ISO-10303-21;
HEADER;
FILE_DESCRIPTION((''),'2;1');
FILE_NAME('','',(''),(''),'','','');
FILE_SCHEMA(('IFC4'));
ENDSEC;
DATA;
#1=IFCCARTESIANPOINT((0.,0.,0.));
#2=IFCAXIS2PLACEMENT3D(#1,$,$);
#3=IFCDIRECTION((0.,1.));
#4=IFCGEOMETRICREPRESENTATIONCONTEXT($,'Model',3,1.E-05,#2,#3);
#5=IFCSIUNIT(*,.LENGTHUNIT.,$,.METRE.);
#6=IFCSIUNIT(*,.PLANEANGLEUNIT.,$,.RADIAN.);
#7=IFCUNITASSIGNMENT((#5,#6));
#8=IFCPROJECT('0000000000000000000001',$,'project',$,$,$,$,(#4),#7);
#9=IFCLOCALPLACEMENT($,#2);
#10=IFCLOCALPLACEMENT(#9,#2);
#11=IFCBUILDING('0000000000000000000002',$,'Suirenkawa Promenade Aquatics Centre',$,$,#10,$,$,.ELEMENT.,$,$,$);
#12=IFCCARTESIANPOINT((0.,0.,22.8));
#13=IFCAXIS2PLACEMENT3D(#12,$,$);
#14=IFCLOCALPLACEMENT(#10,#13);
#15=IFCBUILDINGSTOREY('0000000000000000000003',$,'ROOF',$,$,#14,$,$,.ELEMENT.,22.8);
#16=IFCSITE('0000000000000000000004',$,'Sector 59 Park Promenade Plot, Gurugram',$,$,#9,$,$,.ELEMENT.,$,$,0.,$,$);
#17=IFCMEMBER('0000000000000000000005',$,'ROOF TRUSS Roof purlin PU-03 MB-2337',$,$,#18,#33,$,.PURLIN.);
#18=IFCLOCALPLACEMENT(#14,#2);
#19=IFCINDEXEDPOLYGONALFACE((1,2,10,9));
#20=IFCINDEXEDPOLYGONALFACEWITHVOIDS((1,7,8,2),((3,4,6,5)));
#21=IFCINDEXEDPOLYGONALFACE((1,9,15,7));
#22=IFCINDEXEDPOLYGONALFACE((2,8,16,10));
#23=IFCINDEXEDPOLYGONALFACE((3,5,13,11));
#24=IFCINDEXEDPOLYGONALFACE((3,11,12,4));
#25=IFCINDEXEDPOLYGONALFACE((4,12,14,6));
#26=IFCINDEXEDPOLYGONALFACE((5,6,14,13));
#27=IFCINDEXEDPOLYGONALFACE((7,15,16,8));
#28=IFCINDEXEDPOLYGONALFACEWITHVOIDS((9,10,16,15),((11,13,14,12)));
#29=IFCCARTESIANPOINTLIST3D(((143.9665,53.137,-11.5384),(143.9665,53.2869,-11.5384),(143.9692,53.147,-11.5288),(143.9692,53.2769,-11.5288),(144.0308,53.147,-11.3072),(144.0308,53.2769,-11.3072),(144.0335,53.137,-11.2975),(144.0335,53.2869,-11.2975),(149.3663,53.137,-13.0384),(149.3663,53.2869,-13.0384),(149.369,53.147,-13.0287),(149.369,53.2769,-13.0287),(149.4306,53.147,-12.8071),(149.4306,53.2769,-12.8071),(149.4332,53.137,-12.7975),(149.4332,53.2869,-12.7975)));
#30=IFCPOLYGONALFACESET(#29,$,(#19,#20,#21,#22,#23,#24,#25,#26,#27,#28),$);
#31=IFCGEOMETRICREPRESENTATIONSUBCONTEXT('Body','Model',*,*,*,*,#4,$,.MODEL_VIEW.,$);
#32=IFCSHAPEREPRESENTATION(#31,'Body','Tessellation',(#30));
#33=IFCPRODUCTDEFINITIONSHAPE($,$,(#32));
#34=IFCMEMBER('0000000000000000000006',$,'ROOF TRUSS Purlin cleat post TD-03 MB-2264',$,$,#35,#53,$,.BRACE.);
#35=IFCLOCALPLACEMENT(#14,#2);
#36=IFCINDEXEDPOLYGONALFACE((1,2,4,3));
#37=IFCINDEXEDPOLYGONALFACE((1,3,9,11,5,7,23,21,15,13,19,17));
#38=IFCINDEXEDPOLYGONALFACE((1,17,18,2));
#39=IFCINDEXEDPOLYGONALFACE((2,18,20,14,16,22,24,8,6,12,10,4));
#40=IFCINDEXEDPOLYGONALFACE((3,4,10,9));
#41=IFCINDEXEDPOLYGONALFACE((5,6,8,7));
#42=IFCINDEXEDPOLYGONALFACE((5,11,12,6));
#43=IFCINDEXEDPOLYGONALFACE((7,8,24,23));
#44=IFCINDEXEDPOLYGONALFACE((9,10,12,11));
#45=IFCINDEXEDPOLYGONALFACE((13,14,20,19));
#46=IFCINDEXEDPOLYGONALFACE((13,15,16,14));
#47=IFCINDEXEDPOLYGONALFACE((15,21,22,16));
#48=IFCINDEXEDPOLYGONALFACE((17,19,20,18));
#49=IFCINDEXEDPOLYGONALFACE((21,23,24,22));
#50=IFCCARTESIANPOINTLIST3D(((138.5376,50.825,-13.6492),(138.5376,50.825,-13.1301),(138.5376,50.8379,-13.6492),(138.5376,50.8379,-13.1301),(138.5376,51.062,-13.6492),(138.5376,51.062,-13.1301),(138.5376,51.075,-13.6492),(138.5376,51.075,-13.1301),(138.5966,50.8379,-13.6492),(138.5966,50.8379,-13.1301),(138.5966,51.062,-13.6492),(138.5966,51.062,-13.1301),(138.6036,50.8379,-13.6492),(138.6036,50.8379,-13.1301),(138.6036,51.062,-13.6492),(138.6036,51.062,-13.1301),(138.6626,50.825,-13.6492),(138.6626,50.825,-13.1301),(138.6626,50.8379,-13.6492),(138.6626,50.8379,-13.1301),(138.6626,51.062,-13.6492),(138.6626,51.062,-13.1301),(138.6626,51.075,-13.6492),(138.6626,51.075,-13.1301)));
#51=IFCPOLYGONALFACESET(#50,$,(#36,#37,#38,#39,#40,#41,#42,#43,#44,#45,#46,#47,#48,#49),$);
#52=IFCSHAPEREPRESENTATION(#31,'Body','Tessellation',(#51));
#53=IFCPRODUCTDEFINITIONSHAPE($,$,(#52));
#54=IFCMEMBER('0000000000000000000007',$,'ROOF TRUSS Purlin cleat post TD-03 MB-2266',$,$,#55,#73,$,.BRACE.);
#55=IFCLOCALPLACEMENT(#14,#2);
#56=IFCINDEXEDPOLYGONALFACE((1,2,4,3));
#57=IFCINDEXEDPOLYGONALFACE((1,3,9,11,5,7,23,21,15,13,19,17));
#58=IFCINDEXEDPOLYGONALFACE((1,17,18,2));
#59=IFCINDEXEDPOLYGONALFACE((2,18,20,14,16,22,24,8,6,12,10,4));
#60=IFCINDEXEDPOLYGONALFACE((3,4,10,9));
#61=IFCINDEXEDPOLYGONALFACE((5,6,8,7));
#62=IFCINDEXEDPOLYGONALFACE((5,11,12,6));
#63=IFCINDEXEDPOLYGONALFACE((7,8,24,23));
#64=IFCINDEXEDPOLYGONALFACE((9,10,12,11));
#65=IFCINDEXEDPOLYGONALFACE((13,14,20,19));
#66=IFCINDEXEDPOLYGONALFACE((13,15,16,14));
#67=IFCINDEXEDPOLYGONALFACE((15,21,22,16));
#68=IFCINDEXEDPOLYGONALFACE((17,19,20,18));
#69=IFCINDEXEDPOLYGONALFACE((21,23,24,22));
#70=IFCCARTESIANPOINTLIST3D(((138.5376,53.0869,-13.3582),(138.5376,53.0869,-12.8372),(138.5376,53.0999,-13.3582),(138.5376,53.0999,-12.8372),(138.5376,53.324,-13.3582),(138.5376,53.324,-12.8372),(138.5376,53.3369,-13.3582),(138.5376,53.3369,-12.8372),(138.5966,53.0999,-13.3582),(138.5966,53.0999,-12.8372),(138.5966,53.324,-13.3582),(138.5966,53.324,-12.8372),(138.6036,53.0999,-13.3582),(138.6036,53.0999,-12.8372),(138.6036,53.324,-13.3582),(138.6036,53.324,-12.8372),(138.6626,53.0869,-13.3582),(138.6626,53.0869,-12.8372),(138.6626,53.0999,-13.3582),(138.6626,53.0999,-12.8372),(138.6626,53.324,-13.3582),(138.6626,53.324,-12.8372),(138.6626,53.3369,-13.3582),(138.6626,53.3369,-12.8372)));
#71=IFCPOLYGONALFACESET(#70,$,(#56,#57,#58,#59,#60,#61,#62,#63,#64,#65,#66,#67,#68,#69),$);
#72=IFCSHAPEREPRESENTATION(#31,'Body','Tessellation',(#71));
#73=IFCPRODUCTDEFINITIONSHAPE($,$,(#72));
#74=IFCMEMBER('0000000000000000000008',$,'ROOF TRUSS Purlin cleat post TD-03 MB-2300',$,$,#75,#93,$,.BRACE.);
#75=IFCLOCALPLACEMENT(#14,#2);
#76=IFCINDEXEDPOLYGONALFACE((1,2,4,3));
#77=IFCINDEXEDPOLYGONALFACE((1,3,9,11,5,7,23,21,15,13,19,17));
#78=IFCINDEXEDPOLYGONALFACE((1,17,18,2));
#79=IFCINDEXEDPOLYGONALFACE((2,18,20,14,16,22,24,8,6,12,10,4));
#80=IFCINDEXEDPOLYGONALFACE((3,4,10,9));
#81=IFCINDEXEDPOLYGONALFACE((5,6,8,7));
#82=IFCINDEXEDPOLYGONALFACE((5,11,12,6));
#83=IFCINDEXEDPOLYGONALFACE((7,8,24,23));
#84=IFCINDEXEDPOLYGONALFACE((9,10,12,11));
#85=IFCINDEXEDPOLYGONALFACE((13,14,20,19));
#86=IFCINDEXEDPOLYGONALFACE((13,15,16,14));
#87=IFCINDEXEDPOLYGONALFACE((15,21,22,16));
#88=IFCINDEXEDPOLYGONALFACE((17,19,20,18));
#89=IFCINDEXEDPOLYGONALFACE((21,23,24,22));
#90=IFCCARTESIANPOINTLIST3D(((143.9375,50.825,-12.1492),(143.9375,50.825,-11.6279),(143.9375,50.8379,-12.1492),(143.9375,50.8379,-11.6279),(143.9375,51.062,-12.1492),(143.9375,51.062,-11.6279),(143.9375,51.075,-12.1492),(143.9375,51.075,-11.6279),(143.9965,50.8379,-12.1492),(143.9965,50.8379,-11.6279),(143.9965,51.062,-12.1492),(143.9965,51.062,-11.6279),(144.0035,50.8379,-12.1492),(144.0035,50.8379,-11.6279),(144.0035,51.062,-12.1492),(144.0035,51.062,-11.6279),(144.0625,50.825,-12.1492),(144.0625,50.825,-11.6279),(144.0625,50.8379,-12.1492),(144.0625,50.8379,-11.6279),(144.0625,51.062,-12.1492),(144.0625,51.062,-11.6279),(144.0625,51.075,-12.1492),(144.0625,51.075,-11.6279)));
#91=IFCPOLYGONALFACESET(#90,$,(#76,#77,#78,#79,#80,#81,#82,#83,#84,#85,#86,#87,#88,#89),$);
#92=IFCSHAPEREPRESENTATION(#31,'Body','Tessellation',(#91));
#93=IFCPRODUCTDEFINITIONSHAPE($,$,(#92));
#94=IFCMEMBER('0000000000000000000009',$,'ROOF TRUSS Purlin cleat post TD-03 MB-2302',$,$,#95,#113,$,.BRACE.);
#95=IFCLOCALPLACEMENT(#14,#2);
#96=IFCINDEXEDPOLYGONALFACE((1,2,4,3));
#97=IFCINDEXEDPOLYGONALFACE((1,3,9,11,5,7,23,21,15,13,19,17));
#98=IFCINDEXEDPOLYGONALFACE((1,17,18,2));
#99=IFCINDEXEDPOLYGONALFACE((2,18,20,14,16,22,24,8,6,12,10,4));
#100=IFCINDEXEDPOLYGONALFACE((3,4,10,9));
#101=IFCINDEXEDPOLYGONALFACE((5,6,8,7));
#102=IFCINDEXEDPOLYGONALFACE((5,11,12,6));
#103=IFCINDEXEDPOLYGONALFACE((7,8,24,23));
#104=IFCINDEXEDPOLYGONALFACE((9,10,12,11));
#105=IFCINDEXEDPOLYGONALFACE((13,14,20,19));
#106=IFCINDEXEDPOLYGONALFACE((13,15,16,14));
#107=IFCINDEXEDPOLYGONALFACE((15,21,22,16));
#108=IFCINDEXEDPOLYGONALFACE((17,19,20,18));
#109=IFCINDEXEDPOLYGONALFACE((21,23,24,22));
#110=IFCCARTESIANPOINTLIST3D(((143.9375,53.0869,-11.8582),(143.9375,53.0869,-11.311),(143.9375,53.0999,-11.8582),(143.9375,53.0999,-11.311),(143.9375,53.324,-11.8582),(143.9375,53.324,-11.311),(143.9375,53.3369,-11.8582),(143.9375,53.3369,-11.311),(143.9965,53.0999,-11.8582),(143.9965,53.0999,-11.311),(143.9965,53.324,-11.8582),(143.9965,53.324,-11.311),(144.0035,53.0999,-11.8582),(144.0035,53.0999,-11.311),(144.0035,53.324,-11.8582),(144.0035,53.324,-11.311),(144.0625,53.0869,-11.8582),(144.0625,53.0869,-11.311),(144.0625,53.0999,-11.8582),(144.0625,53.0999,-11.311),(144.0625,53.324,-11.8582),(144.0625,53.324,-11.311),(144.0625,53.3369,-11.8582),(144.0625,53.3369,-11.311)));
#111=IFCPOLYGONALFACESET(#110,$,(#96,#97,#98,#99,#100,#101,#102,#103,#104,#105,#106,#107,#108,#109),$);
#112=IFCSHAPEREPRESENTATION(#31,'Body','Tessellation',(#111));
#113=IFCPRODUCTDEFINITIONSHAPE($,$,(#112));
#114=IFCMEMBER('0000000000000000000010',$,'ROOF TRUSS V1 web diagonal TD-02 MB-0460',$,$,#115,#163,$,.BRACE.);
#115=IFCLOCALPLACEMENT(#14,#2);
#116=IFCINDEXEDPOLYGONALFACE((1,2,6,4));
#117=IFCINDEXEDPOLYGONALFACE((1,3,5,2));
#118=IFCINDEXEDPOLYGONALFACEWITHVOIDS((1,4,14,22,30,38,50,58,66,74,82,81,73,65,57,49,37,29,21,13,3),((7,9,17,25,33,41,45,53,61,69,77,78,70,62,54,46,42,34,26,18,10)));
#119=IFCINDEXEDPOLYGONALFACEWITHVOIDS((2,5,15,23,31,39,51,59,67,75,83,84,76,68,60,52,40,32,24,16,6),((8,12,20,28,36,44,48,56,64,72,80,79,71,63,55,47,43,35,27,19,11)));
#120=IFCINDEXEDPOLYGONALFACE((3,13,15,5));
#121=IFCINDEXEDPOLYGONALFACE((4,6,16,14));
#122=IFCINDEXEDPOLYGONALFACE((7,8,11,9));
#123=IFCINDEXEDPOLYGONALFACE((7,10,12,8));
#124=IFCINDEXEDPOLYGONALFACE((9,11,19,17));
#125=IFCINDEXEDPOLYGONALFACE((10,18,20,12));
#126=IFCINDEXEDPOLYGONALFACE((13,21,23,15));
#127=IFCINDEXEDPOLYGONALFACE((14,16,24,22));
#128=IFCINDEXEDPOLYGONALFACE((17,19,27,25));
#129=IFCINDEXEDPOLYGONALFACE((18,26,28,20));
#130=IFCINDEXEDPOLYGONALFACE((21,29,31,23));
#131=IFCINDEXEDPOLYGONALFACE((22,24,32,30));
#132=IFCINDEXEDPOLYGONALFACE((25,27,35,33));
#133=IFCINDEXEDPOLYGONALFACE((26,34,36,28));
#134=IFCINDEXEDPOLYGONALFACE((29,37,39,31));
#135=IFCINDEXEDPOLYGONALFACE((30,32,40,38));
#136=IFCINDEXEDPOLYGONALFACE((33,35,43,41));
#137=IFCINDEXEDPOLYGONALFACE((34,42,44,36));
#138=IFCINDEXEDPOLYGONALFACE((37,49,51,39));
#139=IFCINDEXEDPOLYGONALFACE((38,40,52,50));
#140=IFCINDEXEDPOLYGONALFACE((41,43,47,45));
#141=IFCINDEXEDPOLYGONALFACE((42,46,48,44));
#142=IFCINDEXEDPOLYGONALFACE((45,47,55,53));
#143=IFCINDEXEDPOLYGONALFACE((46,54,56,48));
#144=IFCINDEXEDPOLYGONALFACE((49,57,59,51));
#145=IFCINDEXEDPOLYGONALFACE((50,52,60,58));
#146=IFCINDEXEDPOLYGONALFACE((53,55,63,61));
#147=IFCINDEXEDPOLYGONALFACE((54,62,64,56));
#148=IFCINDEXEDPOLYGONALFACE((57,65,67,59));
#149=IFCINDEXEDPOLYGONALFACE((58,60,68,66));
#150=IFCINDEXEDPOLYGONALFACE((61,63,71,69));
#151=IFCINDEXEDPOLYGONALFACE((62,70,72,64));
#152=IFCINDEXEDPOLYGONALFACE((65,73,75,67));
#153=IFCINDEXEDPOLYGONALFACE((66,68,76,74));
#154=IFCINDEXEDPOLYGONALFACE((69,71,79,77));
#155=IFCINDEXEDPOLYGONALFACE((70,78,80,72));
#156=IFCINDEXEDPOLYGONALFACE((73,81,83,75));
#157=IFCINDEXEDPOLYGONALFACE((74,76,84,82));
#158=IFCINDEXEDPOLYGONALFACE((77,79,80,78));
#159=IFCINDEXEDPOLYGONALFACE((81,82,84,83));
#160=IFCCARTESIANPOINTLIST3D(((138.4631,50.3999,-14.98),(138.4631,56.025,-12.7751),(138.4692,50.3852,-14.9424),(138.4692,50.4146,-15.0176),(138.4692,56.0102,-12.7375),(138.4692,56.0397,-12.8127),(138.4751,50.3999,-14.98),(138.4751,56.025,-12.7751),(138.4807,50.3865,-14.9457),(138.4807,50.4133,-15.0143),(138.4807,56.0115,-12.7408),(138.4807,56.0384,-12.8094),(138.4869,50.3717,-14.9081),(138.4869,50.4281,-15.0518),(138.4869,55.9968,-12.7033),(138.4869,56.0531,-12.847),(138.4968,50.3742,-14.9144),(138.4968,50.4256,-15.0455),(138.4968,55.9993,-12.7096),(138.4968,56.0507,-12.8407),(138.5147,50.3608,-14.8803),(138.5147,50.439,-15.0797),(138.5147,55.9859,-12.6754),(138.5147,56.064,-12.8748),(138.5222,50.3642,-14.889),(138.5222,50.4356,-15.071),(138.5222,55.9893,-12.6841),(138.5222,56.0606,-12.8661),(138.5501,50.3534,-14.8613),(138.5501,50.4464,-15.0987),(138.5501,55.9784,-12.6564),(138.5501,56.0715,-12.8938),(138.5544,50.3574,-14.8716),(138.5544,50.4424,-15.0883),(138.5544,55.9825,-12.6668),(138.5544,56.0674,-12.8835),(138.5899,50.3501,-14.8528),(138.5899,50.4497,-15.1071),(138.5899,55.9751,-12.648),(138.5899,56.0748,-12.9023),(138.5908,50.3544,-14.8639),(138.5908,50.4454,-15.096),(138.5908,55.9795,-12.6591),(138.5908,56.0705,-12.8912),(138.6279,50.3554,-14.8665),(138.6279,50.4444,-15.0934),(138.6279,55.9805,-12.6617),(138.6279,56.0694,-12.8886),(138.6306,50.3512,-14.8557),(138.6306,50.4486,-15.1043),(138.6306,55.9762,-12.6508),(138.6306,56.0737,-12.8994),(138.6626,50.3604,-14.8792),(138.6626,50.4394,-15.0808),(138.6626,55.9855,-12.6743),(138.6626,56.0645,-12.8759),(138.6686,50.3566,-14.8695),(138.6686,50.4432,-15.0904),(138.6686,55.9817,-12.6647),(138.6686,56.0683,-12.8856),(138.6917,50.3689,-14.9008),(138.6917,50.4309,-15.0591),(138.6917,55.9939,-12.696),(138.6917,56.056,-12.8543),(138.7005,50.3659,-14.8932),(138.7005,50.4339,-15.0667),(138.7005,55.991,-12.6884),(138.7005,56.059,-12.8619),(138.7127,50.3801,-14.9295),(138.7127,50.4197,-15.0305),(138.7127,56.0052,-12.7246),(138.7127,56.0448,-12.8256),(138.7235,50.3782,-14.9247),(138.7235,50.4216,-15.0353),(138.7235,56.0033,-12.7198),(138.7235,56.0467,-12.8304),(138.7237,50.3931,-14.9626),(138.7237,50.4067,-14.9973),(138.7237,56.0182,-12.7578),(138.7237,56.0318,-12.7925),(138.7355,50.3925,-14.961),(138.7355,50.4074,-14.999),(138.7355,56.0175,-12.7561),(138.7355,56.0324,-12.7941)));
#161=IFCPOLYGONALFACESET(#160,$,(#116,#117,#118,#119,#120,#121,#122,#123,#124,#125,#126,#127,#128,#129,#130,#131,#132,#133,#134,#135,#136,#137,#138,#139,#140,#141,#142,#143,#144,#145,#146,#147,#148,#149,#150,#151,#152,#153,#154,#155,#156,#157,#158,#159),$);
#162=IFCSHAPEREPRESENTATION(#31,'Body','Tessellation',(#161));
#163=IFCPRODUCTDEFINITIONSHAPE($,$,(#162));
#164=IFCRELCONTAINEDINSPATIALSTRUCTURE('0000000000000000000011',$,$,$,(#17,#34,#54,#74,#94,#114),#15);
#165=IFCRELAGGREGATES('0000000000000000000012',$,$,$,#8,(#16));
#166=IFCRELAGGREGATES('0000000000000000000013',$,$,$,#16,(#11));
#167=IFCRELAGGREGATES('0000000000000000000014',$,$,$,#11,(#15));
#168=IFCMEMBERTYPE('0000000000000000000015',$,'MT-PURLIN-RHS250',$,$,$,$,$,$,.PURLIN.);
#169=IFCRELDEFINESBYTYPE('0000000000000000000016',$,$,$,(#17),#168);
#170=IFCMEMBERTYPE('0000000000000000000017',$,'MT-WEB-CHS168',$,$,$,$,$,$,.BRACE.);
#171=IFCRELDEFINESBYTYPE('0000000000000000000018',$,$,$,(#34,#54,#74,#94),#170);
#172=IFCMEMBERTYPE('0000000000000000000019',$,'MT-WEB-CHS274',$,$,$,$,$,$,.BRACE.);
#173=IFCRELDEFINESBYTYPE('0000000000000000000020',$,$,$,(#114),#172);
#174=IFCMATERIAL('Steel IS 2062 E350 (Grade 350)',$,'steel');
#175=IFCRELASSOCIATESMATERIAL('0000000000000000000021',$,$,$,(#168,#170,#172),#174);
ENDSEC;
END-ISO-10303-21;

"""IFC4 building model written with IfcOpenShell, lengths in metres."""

from ifc_helpers import new_model, si_unit, direction, frame, origin, origin_2d, place, context, subcontext, project, spatial, hollow_rectangle, hollow_circle, i_section, extrude, material, material_profile, profile_set, type_object, element, save


model = new_model("IFC4")

# Units and contexts
model_context = context("Model", 3, precision=1e-05, world=origin(), true_north=direction((0.0, 1.0)))
body_context = subcontext(model_context, "Body", "Model", "MODEL_VIEW")
ifc_project = project(units=[si_unit("LENGTHUNIT", "METRE"), si_unit("PLANEANGLEUNIT", "RADIAN")], contexts=[model_context])

# Site, building, storey
site_placement = place(None, origin())
site = spatial("IfcSite", under=ifc_project, at=site_placement, Name="Sector 59 Park Promenade Plot, Gurugram", CompositionType="ELEMENT", RefElevation=0.0)
building_placement = place(site_placement, origin())
building = spatial("IfcBuilding", under=site, at=building_placement, Name="Suirenkawa Promenade Aquatics Centre", CompositionType="ELEMENT")
storey_placement = place(building_placement, frame((0.0, 0.0, 22.8)))
storey = spatial("IfcBuildingStorey", under=building, at=storey_placement, Name="ROOF", CompositionType="ELEMENT", Elevation=22.8)

# Shared definitions
ifc_material_1 = material(Name="Steel IS 2062 E350 (Grade 350)", Category="steel")

# Members
ifc_material_profile_1 = material_profile(ifc_material_1, hollow_rectangle(XDim=0.1499, YDim=0.25, WallThickness=0.01, at=origin_2d()), Name="RHS 250x150x10", Category="steel")
ifc_profile_set_1 = profile_set([ifc_material_profile_1], Name="Steel IS 2062 E350 (Grade 350)")
member_type_1 = type_object("IfcMemberType", Name="MT-PURLIN-RHS250", PredefinedType="PURLIN", material=ifc_profile_set_1)
member_1_placement = place(storey_placement, frame((144.0, 53.2119, -11.418), z_axis=(0.963517, 0.0, -0.267648), x_axis=(0.0, 1.0, 0.0)))
element("IfcMember", 1, at=member_1_placement, inside=storey, type_object=member_type_1, Name="ROOF TRUSS Roof purlin PU-03 MB-2337", PredefinedType="PURLIN", context=body_context, shape_type="SweptSolid", body=[
    extrude(hollow_rectangle(XDim=0.1499, YDim=0.25, WallThickness=0.01, at=origin_2d()), origin(), (0.0, 0.0, 1.0), 5.6042),
])
ifc_material_profile_2 = material_profile(ifc_material_1, i_section(OverallWidth=0.125, OverallDepth=0.25, WebThickness=0.0071, FlangeThickness=0.0129, at=origin_2d()), Name="ISMB 250", Category="steel")
ifc_profile_set_2 = profile_set([ifc_material_profile_2], Name="Steel IS 2062 E350 (Grade 350)")
member_type_2 = type_object("IfcMemberType", Name="MT-WEB-CHS168", PredefinedType="BRACE", material=ifc_profile_set_2)
member_2_placement = place(storey_placement, frame((138.6001, 50.95, -13.6492), z_axis=(0.0, 0.0, 1.0), x_axis=(1.0, 0.0, 0.0)))
element("IfcMember", 2, at=member_2_placement, inside=storey, type_object=member_type_2, Name="ROOF TRUSS Purlin cleat post TD-03 MB-2264", PredefinedType="BRACE", context=body_context, shape_type="SweptSolid", body=[
    extrude(i_section(OverallWidth=0.125, OverallDepth=0.25, WebThickness=0.0071, FlangeThickness=0.0129, at=origin_2d()), origin(), (0.0, 0.0, 1.0), 0.519),
])
member_3_placement = place(storey_placement, frame((138.6001, 53.2119, -13.3582), z_axis=(0.0, 0.0, 1.0), x_axis=(1.0, 0.0, 0.0)))
element("IfcMember", 3, at=member_3_placement, inside=storey, type_object=member_type_2, Name="ROOF TRUSS Purlin cleat post TD-03 MB-2266", PredefinedType="BRACE", context=body_context, shape_type="SweptSolid", body=[
    extrude(i_section(OverallWidth=0.125, OverallDepth=0.25, WebThickness=0.0071, FlangeThickness=0.0129, at=origin_2d()), origin(), (0.0, 0.0, 1.0), 0.521),
])
member_4_placement = place(storey_placement, frame((144.0, 50.95, -12.1492), z_axis=(0.0, 0.0, 1.0), x_axis=(1.0, 0.0, 0.0)))
element("IfcMember", 4, at=member_4_placement, inside=storey, type_object=member_type_2, Name="ROOF TRUSS Purlin cleat post TD-03 MB-2300", PredefinedType="BRACE", context=body_context, shape_type="SweptSolid", body=[
    extrude(i_section(OverallWidth=0.125, OverallDepth=0.25, WebThickness=0.0071, FlangeThickness=0.0129, at=origin_2d()), origin(), (0.0, 0.0, 1.0), 0.5212),
])
member_5_placement = place(storey_placement, frame((144.0, 53.2119, -11.8582), z_axis=(0.0, 0.0, 1.0), x_axis=(1.0, 0.0, 0.0)))
element("IfcMember", 5, at=member_5_placement, inside=storey, type_object=member_type_2, Name="ROOF TRUSS Purlin cleat post TD-03 MB-2302", PredefinedType="BRACE", context=body_context, shape_type="SweptSolid", body=[
    extrude(i_section(OverallWidth=0.125, OverallDepth=0.25, WebThickness=0.0071, FlangeThickness=0.0129, at=origin_2d()), origin(), (0.0, 0.0, 1.0), 0.5471),
])
ifc_material_profile_3 = material_profile(ifc_material_1, hollow_circle(Radius=0.137, WallThickness=0.012, at=origin_2d()), Name="CHS 274x12", Category="steel")
ifc_profile_set_3 = profile_set([ifc_material_profile_3], Name="Steel IS 2062 E350 (Grade 350)")
member_type_3 = type_object("IfcMemberType", Name="MT-WEB-CHS274", PredefinedType="BRACE", material=ifc_profile_set_3)
for number, where, z_axis, x_axis, name in (
    (6, (138.6001, 50.3999, -14.98), (0.0, 0.931032, 0.364937), (-1.0, 0.0, 0.0), "ROOF TRUSS V1 web diagonal TD-02 MB-0460"),
):
    element("IfcMember", number, at=place(storey_placement, frame(where, z_axis=z_axis, x_axis=x_axis)), inside=storey, type_object=member_type_3, Name=name, PredefinedType="BRACE", context=body_context, shape_type="SweptSolid", body=[
        extrude(hollow_circle(Radius=0.137, WallThickness=0.012, at=origin_2d()), origin(), (0.0, 0.0, 1.0), 6.0417),
    ])

save(model, "model.ifc")
